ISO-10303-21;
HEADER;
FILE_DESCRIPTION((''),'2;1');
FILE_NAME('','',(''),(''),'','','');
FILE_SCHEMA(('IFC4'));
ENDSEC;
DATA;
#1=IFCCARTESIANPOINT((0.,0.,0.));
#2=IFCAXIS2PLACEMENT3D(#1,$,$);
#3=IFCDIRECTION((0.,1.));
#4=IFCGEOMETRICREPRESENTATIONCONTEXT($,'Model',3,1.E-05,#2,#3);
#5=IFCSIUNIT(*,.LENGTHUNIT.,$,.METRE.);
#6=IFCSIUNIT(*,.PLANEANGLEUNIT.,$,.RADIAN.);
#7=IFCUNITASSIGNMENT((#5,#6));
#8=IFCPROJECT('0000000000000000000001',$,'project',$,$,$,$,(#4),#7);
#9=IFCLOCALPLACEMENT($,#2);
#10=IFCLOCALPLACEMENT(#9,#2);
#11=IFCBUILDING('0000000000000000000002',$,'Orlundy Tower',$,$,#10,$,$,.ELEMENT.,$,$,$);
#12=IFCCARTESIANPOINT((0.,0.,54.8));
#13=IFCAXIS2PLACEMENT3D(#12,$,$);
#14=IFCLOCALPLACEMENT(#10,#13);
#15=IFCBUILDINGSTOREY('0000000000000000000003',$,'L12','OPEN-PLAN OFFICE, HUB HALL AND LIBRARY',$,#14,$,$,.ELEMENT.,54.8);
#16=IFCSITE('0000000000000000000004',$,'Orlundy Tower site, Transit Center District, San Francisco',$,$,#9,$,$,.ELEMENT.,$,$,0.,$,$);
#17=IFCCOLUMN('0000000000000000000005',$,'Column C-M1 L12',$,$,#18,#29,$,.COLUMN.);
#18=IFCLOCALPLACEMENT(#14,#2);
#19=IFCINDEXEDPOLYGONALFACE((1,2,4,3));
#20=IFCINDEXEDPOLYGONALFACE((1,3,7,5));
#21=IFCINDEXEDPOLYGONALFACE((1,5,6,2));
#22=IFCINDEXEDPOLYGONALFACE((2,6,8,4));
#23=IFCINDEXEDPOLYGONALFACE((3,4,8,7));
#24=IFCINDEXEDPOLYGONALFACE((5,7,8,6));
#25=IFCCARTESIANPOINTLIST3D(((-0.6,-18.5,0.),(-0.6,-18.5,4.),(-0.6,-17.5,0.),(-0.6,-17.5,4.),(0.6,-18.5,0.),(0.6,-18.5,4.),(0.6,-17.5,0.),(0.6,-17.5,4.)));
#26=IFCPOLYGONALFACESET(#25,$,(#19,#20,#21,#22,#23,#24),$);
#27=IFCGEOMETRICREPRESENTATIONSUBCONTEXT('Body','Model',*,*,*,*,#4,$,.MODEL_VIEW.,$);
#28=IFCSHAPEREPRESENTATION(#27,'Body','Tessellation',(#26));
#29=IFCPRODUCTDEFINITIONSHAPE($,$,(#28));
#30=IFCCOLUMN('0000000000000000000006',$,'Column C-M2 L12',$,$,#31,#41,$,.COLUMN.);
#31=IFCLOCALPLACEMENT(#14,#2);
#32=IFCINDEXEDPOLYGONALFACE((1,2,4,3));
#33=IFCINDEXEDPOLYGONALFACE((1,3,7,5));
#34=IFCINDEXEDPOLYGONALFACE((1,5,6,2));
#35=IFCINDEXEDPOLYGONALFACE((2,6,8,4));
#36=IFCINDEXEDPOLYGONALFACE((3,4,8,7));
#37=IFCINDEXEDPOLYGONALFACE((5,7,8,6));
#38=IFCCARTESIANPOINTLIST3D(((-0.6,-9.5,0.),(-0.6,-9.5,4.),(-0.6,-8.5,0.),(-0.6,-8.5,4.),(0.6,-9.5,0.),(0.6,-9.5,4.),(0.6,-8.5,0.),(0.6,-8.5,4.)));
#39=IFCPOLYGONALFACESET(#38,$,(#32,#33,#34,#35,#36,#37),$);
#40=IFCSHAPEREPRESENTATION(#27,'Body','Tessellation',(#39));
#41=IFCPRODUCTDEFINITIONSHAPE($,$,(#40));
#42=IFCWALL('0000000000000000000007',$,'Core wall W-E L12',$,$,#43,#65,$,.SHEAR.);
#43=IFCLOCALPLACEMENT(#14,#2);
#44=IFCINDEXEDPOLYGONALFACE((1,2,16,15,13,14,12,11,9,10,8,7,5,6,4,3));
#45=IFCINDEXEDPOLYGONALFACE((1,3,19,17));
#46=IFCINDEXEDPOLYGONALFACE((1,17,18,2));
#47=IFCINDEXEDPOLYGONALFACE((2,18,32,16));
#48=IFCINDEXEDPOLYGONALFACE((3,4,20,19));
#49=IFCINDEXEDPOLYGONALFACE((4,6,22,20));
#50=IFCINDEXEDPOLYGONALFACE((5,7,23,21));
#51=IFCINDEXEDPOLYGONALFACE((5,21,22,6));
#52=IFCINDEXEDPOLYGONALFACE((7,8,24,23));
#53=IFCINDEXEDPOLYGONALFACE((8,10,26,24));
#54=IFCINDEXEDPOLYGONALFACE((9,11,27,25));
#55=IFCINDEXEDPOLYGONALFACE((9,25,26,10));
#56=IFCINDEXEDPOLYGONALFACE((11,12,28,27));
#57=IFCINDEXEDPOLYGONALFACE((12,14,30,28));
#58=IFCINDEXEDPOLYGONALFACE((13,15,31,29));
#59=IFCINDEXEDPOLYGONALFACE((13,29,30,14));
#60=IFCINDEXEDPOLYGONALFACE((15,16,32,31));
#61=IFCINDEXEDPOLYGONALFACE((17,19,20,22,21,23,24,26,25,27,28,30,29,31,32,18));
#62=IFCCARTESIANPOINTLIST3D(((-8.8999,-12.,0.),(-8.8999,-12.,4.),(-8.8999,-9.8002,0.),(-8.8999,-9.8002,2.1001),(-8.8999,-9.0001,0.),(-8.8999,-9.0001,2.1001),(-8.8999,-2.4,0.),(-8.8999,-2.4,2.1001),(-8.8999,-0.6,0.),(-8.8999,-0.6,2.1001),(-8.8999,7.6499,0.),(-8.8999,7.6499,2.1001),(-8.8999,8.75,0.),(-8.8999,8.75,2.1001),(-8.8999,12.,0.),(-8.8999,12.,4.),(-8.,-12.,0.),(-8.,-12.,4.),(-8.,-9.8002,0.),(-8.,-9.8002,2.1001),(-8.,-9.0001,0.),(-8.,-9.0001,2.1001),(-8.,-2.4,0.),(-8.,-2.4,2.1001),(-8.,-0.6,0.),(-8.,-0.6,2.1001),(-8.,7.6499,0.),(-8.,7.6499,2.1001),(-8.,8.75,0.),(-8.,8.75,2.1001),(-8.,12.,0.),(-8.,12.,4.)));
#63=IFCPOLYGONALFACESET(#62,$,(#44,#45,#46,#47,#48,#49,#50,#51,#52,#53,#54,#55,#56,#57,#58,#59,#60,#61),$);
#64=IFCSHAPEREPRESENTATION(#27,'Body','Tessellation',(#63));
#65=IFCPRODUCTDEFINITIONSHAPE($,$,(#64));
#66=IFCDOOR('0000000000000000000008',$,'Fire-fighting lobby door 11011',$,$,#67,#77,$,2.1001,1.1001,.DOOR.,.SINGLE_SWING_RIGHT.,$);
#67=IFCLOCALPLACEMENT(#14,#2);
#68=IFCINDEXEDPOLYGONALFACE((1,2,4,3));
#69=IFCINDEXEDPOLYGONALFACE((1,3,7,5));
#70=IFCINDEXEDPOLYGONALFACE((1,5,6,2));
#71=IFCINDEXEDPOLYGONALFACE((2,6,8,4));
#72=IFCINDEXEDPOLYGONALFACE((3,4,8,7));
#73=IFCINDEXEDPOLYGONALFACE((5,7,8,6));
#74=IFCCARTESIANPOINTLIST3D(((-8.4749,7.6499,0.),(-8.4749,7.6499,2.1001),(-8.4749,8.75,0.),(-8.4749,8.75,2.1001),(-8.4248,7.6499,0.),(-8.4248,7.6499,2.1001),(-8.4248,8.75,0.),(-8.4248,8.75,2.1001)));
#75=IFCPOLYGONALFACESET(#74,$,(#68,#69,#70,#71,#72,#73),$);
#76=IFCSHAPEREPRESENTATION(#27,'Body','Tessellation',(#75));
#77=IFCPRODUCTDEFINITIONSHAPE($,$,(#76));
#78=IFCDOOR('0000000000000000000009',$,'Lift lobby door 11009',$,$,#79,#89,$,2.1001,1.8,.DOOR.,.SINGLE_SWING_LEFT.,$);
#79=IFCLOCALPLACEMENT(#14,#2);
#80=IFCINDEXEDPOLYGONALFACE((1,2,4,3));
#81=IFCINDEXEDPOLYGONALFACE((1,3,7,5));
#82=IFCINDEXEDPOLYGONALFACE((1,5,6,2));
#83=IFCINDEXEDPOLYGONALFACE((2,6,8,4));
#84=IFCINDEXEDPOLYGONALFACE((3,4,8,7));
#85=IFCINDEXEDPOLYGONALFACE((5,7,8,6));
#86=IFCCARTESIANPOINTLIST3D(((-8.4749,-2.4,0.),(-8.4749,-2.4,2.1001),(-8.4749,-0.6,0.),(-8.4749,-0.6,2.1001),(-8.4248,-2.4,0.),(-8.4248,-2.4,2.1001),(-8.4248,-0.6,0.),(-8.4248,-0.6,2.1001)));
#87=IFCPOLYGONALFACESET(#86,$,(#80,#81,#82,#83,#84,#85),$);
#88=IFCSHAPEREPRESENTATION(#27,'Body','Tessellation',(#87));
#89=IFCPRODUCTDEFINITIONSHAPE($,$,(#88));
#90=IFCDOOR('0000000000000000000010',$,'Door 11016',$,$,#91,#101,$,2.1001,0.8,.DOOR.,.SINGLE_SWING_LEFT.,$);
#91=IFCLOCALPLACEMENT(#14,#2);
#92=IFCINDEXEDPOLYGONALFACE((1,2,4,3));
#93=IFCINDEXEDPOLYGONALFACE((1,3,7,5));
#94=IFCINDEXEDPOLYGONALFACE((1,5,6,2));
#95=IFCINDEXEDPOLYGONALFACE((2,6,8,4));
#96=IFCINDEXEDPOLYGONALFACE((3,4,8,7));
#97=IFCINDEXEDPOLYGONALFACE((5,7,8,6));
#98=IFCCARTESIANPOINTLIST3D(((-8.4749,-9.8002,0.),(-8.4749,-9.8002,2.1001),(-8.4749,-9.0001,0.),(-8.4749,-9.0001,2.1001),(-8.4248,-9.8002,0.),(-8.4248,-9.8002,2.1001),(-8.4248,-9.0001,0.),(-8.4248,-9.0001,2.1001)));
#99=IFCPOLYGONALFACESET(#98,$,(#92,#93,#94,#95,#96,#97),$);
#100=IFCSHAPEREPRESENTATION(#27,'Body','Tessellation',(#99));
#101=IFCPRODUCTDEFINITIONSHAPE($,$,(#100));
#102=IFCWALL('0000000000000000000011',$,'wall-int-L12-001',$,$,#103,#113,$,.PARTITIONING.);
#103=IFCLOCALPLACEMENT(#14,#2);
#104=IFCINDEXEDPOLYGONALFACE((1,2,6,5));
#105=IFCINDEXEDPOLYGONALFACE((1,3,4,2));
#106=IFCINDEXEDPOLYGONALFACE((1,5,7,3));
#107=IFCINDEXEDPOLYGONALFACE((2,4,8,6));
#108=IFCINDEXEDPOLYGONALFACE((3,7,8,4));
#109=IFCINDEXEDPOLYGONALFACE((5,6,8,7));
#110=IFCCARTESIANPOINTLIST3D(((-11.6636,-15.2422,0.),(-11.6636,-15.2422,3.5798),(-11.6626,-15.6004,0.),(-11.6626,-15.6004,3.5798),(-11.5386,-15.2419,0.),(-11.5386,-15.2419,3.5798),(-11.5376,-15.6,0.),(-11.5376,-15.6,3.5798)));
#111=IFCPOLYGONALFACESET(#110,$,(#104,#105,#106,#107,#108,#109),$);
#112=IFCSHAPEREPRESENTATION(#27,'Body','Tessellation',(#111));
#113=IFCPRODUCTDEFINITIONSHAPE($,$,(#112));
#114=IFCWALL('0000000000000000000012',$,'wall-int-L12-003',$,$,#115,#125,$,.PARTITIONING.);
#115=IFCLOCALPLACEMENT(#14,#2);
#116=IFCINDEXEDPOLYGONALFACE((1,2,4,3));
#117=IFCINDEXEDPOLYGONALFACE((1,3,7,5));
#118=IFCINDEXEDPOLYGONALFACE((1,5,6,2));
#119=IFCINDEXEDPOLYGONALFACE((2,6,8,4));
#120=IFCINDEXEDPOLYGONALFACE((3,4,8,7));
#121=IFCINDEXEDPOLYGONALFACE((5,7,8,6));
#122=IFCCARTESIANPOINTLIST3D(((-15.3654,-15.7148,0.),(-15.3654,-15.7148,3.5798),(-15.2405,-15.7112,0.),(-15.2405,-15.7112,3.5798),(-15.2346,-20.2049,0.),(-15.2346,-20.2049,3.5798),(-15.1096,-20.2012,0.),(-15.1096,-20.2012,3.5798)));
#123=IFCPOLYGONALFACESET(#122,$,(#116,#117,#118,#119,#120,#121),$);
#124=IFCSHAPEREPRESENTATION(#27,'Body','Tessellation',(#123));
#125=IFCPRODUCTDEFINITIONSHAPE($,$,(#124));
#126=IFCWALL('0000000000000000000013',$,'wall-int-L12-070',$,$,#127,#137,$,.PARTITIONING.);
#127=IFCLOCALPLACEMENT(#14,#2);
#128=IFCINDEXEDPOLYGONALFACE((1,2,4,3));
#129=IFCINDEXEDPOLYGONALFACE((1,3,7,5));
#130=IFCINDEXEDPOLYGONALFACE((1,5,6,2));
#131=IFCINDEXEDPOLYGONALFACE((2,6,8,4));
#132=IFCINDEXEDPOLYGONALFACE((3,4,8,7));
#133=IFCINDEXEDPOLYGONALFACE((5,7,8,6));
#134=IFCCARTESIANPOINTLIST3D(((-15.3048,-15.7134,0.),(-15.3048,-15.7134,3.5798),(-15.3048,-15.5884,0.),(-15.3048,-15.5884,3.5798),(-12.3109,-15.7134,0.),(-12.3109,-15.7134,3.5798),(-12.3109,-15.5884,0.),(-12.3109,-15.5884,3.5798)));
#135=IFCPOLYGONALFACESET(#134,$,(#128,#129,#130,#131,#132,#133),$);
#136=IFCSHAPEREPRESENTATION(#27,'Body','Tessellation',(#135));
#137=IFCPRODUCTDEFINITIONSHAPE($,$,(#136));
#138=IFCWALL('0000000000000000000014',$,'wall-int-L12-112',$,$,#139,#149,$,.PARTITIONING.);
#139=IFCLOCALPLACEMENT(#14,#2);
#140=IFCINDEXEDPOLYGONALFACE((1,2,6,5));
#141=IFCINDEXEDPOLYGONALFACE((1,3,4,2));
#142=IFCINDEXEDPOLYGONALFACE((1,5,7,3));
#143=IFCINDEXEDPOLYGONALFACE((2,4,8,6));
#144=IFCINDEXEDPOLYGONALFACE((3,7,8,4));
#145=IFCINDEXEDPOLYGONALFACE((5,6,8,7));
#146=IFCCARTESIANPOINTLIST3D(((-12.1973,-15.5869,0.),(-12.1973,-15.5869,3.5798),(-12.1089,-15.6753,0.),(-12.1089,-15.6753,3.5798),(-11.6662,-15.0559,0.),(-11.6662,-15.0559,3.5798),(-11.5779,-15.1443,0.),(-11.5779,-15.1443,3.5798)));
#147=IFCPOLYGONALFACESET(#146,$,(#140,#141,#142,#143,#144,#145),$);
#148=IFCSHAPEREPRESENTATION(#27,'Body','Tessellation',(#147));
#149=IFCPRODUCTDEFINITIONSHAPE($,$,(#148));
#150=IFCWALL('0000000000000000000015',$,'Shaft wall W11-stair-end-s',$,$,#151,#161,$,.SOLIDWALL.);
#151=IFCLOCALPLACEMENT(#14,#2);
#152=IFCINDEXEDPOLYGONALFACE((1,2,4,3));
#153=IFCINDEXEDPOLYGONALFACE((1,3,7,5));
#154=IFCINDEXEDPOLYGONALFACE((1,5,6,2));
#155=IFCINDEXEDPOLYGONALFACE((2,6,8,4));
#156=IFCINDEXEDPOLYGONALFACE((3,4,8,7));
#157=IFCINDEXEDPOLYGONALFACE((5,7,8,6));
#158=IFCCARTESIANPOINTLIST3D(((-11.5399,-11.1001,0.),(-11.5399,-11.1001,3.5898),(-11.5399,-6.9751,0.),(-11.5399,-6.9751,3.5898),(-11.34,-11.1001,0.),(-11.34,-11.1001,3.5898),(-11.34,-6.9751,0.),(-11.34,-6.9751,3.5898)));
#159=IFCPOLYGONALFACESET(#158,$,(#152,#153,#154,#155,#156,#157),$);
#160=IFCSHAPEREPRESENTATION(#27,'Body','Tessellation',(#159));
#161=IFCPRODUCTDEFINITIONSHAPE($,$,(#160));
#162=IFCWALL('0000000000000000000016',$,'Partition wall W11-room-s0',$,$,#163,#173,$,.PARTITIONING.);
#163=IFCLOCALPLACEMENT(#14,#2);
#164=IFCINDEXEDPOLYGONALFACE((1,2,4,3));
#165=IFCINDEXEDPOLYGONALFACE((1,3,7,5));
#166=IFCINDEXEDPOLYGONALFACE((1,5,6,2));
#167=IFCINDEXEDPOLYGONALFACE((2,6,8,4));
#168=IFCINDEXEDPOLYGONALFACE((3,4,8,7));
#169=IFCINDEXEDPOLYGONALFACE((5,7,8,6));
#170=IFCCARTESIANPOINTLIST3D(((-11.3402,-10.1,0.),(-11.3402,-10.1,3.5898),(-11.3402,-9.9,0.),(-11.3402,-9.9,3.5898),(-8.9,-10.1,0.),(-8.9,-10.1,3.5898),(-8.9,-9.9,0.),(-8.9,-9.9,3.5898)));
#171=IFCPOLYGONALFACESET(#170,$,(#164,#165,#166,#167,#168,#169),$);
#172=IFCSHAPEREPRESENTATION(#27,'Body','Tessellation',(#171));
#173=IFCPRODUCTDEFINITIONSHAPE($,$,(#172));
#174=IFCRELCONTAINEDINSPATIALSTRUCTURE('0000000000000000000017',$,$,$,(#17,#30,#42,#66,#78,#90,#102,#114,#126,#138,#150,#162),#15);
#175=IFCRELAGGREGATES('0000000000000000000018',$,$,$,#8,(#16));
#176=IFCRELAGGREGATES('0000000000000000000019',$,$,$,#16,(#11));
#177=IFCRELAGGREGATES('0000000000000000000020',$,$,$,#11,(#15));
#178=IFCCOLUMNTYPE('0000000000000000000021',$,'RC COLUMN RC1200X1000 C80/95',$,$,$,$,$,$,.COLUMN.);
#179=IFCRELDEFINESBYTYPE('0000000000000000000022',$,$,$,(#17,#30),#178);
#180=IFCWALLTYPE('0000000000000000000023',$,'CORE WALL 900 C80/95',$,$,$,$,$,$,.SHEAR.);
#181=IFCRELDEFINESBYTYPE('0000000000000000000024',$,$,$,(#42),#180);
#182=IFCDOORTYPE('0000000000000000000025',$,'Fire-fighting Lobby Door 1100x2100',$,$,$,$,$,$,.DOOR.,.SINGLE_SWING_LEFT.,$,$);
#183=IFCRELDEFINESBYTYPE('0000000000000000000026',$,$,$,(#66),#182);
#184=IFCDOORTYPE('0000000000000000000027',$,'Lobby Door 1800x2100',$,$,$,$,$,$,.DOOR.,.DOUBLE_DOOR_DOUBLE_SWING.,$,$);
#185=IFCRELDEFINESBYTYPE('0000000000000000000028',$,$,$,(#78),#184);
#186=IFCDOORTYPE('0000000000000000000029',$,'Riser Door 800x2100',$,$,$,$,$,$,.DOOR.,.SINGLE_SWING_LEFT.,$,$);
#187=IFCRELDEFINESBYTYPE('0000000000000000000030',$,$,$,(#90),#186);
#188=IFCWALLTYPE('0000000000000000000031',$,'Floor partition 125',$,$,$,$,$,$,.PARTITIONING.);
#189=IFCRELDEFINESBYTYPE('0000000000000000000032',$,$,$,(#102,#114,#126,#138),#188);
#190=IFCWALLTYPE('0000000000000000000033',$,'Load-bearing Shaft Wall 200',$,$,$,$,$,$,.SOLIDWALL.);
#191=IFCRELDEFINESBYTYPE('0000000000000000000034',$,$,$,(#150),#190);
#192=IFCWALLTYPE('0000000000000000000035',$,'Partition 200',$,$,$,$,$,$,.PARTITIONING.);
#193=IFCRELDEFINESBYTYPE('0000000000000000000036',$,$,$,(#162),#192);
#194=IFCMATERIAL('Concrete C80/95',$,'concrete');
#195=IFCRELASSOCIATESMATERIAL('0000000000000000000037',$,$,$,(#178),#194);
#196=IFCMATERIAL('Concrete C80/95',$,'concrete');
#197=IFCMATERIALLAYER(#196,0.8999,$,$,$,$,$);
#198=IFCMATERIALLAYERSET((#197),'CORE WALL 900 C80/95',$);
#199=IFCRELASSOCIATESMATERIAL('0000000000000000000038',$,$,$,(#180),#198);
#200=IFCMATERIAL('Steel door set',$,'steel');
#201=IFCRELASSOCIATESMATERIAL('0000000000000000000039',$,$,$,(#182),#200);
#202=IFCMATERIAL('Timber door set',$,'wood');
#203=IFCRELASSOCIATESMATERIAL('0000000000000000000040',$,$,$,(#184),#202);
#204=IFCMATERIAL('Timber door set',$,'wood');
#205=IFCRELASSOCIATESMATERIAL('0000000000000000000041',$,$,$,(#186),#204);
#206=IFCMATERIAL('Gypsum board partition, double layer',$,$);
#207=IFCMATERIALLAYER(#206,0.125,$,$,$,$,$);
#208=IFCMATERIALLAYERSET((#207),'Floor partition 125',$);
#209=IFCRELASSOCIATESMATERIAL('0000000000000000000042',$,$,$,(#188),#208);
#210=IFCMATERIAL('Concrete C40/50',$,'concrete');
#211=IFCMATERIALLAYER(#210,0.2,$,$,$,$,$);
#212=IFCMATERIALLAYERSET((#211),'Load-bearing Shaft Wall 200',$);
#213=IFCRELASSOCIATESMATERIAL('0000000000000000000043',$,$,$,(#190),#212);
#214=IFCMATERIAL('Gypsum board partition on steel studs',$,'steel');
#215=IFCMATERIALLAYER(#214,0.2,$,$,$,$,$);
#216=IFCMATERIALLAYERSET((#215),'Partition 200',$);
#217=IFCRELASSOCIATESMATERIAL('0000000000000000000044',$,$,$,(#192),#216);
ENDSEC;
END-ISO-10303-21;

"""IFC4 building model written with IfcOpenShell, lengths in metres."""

from ifc_helpers import new_model, si_unit, direction, frame, frame_2d, origin, origin_2d, place, context, subcontext, project, spatial, rectangle, extrude, material, layer, layer_set, material_profile, profile_set, type_object, element, fill, save


model = new_model("IFC4")

# Units and contexts
model_context = context("Model", 3, precision=1e-05, world=origin(), true_north=direction((0.0, 1.0)))
body_context = subcontext(model_context, "Body", "Model", "MODEL_VIEW")
ifc_project = project(units=[si_unit("LENGTHUNIT", "METRE"), si_unit("PLANEANGLEUNIT", "RADIAN")], contexts=[model_context])

# Site, building, storey
site_placement = place(None, origin())
site = spatial("IfcSite", under=ifc_project, at=site_placement, Name="Orlundy Tower site, Transit Center District, San Francisco", CompositionType="ELEMENT", RefElevation=0.0)
building_placement = place(site_placement, origin())
building = spatial("IfcBuilding", under=site, at=building_placement, Name="Orlundy Tower", CompositionType="ELEMENT")
storey_placement = place(building_placement, frame((0.0, 0.0, 54.8)))
storey = spatial("IfcBuildingStorey", under=building, at=storey_placement, Name="L12", Description="OPEN-PLAN OFFICE, HUB HALL AND LIBRARY", CompositionType="ELEMENT", Elevation=54.8)

# Columns
ifc_material_1 = material(Name="Concrete C80/95", Category="concrete")
ifc_material_profile = material_profile(ifc_material_1, rectangle(XDim=1.2, YDim=1.0, at=origin_2d()), Name="RC1200X1000")
ifc_profile_set = profile_set([ifc_material_profile], Name="Concrete C80/95")
column_type = type_object("IfcColumnType", Name="RC COLUMN RC1200X1000 C80/95", PredefinedType="COLUMN", material=ifc_profile_set)
for number, where, z_axis, x_axis, name in (
    (1, (0.0, -18.0, 0.0), (0.0, 0.0, 1.0), (1.0, 0.0, 0.0), "Column C-M1 L12"),
    (2, (0.0, -9.0, 0.0), (0.0, 0.0, 1.0), (1.0, 0.0, 0.0), "Column C-M2 L12"),
):
    element("IfcColumn", number, at=place(storey_placement, frame(where, z_axis=z_axis, x_axis=x_axis)), inside=storey, type_object=column_type, Name=name, PredefinedType="COLUMN", context=body_context, shape_type="SweptSolid", body=[
        extrude(rectangle(XDim=1.2, YDim=1.0, at=origin_2d()), origin(), (0.0, 0.0, 1.0), 4.0),
    ])

# Wall, openings, doors
ifc_material_2 = material(Name="Concrete C80/95", Category="concrete")
ifc_layer_1 = layer(ifc_material_2, 0.8999)
ifc_layer_set_1 = layer_set([ifc_layer_1], Name="CORE WALL 900 C80/95")
wall_type_1 = type_object("IfcWallType", Name="CORE WALL 900 C80/95", PredefinedType="SHEAR", material=ifc_layer_set_1)
wall_1_placement = place(storey_placement, frame((-8.45, -12.0, 0.0), z_axis=(0.0, 0.0, 1.0), x_axis=(0.0, 1.0, 0.0)))
wall_1 = element("IfcWall", 3, at=wall_1_placement, inside=storey, type_object=wall_type_1, Name="Core wall W-E L12", PredefinedType="SHEAR", context=body_context, shape_type="SweptSolid", body=[
    extrude(rectangle(XDim=24.0, YDim=0.8999, at=frame_2d((12.0, 0.0))), origin(), (0.0, 0.0, 1.0), 4.0),
])
opening_1_placement = place(wall_1_placement, frame((9.6001, 0.0, 0.0)))
opening_1 = element("IfcOpeningElement", 4, at=opening_1_placement, cuts=wall_1, PredefinedType="OPENING", context=body_context, shape_type="SweptSolid", body=[
    extrude(rectangle(XDim=1.8, YDim=2.1001, at=frame_2d((0.8999, 1.05))), frame((0.0, 0.46, 0.0), z_axis=(0.0, -1.0, 0.0), x_axis=(1.0, 0.0, 0.0)), (0.0, 0.0, 1.0), 0.9199),
])
opening_2_placement = place(wall_1_placement, frame((19.6499, 0.0, 0.0)))
opening_2 = element("IfcOpeningElement", 5, at=opening_2_placement, cuts=wall_1, PredefinedType="OPENING", context=body_context, shape_type="SweptSolid", body=[
    extrude(rectangle(XDim=1.1001, YDim=2.1001, at=frame_2d((0.55, 1.05))), frame((0.0, 0.46, 0.0), z_axis=(0.0, -1.0, 0.0), x_axis=(1.0, 0.0, 0.0)), (0.0, 0.0, 1.0), 0.9199),
])
opening_3_placement = place(wall_1_placement, frame((2.2, 0.0, 0.0)))
opening_3 = element("IfcOpeningElement", 6, at=opening_3_placement, cuts=wall_1, PredefinedType="OPENING", context=body_context, shape_type="SweptSolid", body=[
    extrude(rectangle(XDim=0.8, YDim=2.1001, at=frame_2d((0.3999, 1.05))), frame((0.0, 0.46, 0.0), z_axis=(0.0, -1.0, 0.0), x_axis=(1.0, 0.0, 0.0)), (0.0, 0.0, 1.0), 0.9199),
])
ifc_material_3 = material(Name="Steel door set", Category="steel")
door_type_1 = type_object("IfcDoorType", Name="Fire-fighting Lobby Door 1100x2100", OperationType="SINGLE_SWING_LEFT", PredefinedType="DOOR", material=ifc_material_3)
door_1_placement = place(opening_2_placement, origin())
door_1 = element("IfcDoor", 7, at=door_1_placement, inside=storey, type_object=door_type_1, Name="Fire-fighting lobby door 11011", OperationType="SINGLE_SWING_RIGHT", OverallHeight=2.1001, OverallWidth=1.1001, PredefinedType="DOOR", context=body_context, shape_type="SweptSolid", body=[
    extrude(rectangle(XDim=1.1001, YDim=2.1001, at=frame_2d((0.55, 1.05))), frame((0.0, 0.0249, 0.0), z_axis=(0.0, -1.0, 0.0), x_axis=(1.0, 0.0, 0.0)), (0.0, 0.0, 1.0), 0.05),
])
fill(opening_2, door_1)
ifc_material_4 = material(Name="Timber door set", Category="wood")
door_type_2 = type_object("IfcDoorType", Name="Lobby Door 1800x2100", OperationType="DOUBLE_DOOR_DOUBLE_SWING", PredefinedType="DOOR", material=ifc_material_4)
door_2_placement = place(opening_1_placement, origin())
door_2 = element("IfcDoor", 8, at=door_2_placement, inside=storey, type_object=door_type_2, Name="Lift lobby door 11009", OperationType="SINGLE_SWING_LEFT", OverallHeight=2.1001, OverallWidth=1.8, PredefinedType="DOOR", context=body_context, shape_type="SweptSolid", body=[
    extrude(rectangle(XDim=1.8, YDim=2.1001, at=frame_2d((0.8999, 1.05))), frame((0.0, 0.0249, 0.0), z_axis=(0.0, -1.0, 0.0), x_axis=(1.0, 0.0, 0.0)), (0.0, 0.0, 1.0), 0.05),
])
fill(opening_1, door_2)
ifc_material_5 = material(Name="Timber door set", Category="wood")
door_type_3 = type_object("IfcDoorType", Name="Riser Door 800x2100", OperationType="SINGLE_SWING_LEFT", PredefinedType="DOOR", material=ifc_material_5)
door_3_placement = place(opening_3_placement, origin())
door_3 = element("IfcDoor", 9, at=door_3_placement, inside=storey, type_object=door_type_3, Name="Door 11016", OperationType="SINGLE_SWING_LEFT", OverallHeight=2.1001, OverallWidth=0.8, PredefinedType="DOOR", context=body_context, shape_type="SweptSolid", body=[
    extrude(rectangle(XDim=0.8, YDim=2.1001, at=frame_2d((0.3999, 1.05))), frame((0.0, 0.0249, 0.0), z_axis=(0.0, -1.0, 0.0), x_axis=(1.0, 0.0, 0.0)), (0.0, 0.0, 1.0), 0.05),
])
fill(opening_3, door_3)

# Walls
ifc_material_6 = material(Name="Gypsum board partition, double layer")
ifc_layer_2 = layer(ifc_material_6, 0.125)
ifc_layer_set_2 = layer_set([ifc_layer_2], Name="Floor partition 125")
wall_type_2 = type_object("IfcWallType", Name="Floor partition 125", PredefinedType="PARTITIONING", material=ifc_layer_set_2)
wall_2_placement = place(storey_placement, frame((-11.6011, -15.2419, 0.0), z_axis=(0.0, 0.0, 1.0), x_axis=(0.002727, -0.999996, 0.0)))
element("IfcWall", 10, at=wall_2_placement, inside=storey, type_object=wall_type_2, Name="wall-int-L12-001", PredefinedType="PARTITIONING", context=body_context, shape_type="SweptSolid", body=[
    extrude(rectangle(XDim=0.3582, YDim=0.125, at=frame_2d((0.1792, 0.0))), origin(), (0.0, 0.0, 1.0), 3.5798),
])
wall_3_placement = place(storey_placement, frame((-15.303, -15.7129, 0.0), z_axis=(0.0, 0.0, 1.0), x_axis=(0.029132, -0.999576, 0.0)))
element("IfcWall", 11, at=wall_3_placement, inside=storey, type_object=wall_type_2, Name="wall-int-L12-003", PredefinedType="PARTITIONING", context=body_context, shape_type="SweptSolid", body=[
    extrude(rectangle(XDim=4.4919, YDim=0.125, at=frame_2d((2.2461, 0.0))), origin(), (0.0, 0.0, 1.0), 3.5798),
])
wall_4_placement = place(storey_placement, frame((-15.3049, -15.6509, 0.0), z_axis=(0.0, 0.0, 1.0), x_axis=(1.0, 0.0, 0.0)))
element("IfcWall", 12, at=wall_4_placement, inside=storey, type_object=wall_type_2, Name="wall-int-L12-070", PredefinedType="PARTITIONING", context=body_context, shape_type="SweptSolid", body=[
    extrude(rectangle(XDim=2.9939, YDim=0.125, at=frame_2d((1.4971, 0.0))), origin(), (0.0, 0.0, 1.0), 3.5798),
])
wall_5_placement = place(storey_placement, frame((-12.1531, -15.6311, 0.0), z_axis=(0.0, 0.0, 1.0), x_axis=(0.707107, 0.707107, 0.0)))
element("IfcWall", 13, at=wall_5_placement, inside=storey, type_object=wall_type_2, Name="wall-int-L12-112", PredefinedType="PARTITIONING", context=body_context, shape_type="SweptSolid", body=[
    extrude(rectangle(XDim=0.751, YDim=0.125, at=frame_2d((0.3755, 0.0))), origin(), (0.0, 0.0, 1.0), 3.5798),
])
ifc_material_7 = material(Name="Concrete C40/50", Category="concrete")
ifc_layer_3 = layer(ifc_material_7, 0.2)
ifc_layer_set_3 = layer_set([ifc_layer_3], Name="Load-bearing Shaft Wall 200")
wall_type_3 = type_object("IfcWallType", Name="Load-bearing Shaft Wall 200", PredefinedType="SOLIDWALL", material=ifc_layer_set_3)
wall_6_placement = place(storey_placement, frame((-11.4399, -11.1001, 0.0), z_axis=(0.0, 0.0, 1.0), x_axis=(0.0, 1.0, 0.0)))
element("IfcWall", 14, at=wall_6_placement, inside=storey, type_object=wall_type_3, Name="Shaft wall W11-stair-end-s", PredefinedType="SOLIDWALL", context=body_context, shape_type="SweptSolid", body=[
    extrude(rectangle(XDim=4.125, YDim=0.2, at=frame_2d((2.0625, 0.0))), origin(), (0.0, 0.0, 1.0), 3.5898),
])
ifc_material_8 = material(Name="Gypsum board partition on steel studs", Category="steel")
ifc_layer_4 = layer(ifc_material_8, 0.2)
ifc_layer_set_4 = layer_set([ifc_layer_4], Name="Partition 200")
wall_type_4 = type_object("IfcWallType", Name="Partition 200", PredefinedType="PARTITIONING", material=ifc_layer_set_4)
for number, where, z_axis, x_axis, name in (
    (15, (-8.8999, -10.0, 0.0), (0.0, 0.0, 1.0), (-1.0, 0.0, 0.0), "Partition wall W11-room-s0"),
):
    element("IfcWall", number, at=place(storey_placement, frame(where, z_axis=z_axis, x_axis=x_axis)), inside=storey, type_object=wall_type_4, Name=name, PredefinedType="PARTITIONING", context=body_context, shape_type="SweptSolid", body=[
        extrude(rectangle(XDim=2.4402, YDim=0.2, at=frame_2d((1.2202, 0.0))), origin(), (0.0, 0.0, 1.0), 3.5898),
    ])

save(model, "model.ifc")
